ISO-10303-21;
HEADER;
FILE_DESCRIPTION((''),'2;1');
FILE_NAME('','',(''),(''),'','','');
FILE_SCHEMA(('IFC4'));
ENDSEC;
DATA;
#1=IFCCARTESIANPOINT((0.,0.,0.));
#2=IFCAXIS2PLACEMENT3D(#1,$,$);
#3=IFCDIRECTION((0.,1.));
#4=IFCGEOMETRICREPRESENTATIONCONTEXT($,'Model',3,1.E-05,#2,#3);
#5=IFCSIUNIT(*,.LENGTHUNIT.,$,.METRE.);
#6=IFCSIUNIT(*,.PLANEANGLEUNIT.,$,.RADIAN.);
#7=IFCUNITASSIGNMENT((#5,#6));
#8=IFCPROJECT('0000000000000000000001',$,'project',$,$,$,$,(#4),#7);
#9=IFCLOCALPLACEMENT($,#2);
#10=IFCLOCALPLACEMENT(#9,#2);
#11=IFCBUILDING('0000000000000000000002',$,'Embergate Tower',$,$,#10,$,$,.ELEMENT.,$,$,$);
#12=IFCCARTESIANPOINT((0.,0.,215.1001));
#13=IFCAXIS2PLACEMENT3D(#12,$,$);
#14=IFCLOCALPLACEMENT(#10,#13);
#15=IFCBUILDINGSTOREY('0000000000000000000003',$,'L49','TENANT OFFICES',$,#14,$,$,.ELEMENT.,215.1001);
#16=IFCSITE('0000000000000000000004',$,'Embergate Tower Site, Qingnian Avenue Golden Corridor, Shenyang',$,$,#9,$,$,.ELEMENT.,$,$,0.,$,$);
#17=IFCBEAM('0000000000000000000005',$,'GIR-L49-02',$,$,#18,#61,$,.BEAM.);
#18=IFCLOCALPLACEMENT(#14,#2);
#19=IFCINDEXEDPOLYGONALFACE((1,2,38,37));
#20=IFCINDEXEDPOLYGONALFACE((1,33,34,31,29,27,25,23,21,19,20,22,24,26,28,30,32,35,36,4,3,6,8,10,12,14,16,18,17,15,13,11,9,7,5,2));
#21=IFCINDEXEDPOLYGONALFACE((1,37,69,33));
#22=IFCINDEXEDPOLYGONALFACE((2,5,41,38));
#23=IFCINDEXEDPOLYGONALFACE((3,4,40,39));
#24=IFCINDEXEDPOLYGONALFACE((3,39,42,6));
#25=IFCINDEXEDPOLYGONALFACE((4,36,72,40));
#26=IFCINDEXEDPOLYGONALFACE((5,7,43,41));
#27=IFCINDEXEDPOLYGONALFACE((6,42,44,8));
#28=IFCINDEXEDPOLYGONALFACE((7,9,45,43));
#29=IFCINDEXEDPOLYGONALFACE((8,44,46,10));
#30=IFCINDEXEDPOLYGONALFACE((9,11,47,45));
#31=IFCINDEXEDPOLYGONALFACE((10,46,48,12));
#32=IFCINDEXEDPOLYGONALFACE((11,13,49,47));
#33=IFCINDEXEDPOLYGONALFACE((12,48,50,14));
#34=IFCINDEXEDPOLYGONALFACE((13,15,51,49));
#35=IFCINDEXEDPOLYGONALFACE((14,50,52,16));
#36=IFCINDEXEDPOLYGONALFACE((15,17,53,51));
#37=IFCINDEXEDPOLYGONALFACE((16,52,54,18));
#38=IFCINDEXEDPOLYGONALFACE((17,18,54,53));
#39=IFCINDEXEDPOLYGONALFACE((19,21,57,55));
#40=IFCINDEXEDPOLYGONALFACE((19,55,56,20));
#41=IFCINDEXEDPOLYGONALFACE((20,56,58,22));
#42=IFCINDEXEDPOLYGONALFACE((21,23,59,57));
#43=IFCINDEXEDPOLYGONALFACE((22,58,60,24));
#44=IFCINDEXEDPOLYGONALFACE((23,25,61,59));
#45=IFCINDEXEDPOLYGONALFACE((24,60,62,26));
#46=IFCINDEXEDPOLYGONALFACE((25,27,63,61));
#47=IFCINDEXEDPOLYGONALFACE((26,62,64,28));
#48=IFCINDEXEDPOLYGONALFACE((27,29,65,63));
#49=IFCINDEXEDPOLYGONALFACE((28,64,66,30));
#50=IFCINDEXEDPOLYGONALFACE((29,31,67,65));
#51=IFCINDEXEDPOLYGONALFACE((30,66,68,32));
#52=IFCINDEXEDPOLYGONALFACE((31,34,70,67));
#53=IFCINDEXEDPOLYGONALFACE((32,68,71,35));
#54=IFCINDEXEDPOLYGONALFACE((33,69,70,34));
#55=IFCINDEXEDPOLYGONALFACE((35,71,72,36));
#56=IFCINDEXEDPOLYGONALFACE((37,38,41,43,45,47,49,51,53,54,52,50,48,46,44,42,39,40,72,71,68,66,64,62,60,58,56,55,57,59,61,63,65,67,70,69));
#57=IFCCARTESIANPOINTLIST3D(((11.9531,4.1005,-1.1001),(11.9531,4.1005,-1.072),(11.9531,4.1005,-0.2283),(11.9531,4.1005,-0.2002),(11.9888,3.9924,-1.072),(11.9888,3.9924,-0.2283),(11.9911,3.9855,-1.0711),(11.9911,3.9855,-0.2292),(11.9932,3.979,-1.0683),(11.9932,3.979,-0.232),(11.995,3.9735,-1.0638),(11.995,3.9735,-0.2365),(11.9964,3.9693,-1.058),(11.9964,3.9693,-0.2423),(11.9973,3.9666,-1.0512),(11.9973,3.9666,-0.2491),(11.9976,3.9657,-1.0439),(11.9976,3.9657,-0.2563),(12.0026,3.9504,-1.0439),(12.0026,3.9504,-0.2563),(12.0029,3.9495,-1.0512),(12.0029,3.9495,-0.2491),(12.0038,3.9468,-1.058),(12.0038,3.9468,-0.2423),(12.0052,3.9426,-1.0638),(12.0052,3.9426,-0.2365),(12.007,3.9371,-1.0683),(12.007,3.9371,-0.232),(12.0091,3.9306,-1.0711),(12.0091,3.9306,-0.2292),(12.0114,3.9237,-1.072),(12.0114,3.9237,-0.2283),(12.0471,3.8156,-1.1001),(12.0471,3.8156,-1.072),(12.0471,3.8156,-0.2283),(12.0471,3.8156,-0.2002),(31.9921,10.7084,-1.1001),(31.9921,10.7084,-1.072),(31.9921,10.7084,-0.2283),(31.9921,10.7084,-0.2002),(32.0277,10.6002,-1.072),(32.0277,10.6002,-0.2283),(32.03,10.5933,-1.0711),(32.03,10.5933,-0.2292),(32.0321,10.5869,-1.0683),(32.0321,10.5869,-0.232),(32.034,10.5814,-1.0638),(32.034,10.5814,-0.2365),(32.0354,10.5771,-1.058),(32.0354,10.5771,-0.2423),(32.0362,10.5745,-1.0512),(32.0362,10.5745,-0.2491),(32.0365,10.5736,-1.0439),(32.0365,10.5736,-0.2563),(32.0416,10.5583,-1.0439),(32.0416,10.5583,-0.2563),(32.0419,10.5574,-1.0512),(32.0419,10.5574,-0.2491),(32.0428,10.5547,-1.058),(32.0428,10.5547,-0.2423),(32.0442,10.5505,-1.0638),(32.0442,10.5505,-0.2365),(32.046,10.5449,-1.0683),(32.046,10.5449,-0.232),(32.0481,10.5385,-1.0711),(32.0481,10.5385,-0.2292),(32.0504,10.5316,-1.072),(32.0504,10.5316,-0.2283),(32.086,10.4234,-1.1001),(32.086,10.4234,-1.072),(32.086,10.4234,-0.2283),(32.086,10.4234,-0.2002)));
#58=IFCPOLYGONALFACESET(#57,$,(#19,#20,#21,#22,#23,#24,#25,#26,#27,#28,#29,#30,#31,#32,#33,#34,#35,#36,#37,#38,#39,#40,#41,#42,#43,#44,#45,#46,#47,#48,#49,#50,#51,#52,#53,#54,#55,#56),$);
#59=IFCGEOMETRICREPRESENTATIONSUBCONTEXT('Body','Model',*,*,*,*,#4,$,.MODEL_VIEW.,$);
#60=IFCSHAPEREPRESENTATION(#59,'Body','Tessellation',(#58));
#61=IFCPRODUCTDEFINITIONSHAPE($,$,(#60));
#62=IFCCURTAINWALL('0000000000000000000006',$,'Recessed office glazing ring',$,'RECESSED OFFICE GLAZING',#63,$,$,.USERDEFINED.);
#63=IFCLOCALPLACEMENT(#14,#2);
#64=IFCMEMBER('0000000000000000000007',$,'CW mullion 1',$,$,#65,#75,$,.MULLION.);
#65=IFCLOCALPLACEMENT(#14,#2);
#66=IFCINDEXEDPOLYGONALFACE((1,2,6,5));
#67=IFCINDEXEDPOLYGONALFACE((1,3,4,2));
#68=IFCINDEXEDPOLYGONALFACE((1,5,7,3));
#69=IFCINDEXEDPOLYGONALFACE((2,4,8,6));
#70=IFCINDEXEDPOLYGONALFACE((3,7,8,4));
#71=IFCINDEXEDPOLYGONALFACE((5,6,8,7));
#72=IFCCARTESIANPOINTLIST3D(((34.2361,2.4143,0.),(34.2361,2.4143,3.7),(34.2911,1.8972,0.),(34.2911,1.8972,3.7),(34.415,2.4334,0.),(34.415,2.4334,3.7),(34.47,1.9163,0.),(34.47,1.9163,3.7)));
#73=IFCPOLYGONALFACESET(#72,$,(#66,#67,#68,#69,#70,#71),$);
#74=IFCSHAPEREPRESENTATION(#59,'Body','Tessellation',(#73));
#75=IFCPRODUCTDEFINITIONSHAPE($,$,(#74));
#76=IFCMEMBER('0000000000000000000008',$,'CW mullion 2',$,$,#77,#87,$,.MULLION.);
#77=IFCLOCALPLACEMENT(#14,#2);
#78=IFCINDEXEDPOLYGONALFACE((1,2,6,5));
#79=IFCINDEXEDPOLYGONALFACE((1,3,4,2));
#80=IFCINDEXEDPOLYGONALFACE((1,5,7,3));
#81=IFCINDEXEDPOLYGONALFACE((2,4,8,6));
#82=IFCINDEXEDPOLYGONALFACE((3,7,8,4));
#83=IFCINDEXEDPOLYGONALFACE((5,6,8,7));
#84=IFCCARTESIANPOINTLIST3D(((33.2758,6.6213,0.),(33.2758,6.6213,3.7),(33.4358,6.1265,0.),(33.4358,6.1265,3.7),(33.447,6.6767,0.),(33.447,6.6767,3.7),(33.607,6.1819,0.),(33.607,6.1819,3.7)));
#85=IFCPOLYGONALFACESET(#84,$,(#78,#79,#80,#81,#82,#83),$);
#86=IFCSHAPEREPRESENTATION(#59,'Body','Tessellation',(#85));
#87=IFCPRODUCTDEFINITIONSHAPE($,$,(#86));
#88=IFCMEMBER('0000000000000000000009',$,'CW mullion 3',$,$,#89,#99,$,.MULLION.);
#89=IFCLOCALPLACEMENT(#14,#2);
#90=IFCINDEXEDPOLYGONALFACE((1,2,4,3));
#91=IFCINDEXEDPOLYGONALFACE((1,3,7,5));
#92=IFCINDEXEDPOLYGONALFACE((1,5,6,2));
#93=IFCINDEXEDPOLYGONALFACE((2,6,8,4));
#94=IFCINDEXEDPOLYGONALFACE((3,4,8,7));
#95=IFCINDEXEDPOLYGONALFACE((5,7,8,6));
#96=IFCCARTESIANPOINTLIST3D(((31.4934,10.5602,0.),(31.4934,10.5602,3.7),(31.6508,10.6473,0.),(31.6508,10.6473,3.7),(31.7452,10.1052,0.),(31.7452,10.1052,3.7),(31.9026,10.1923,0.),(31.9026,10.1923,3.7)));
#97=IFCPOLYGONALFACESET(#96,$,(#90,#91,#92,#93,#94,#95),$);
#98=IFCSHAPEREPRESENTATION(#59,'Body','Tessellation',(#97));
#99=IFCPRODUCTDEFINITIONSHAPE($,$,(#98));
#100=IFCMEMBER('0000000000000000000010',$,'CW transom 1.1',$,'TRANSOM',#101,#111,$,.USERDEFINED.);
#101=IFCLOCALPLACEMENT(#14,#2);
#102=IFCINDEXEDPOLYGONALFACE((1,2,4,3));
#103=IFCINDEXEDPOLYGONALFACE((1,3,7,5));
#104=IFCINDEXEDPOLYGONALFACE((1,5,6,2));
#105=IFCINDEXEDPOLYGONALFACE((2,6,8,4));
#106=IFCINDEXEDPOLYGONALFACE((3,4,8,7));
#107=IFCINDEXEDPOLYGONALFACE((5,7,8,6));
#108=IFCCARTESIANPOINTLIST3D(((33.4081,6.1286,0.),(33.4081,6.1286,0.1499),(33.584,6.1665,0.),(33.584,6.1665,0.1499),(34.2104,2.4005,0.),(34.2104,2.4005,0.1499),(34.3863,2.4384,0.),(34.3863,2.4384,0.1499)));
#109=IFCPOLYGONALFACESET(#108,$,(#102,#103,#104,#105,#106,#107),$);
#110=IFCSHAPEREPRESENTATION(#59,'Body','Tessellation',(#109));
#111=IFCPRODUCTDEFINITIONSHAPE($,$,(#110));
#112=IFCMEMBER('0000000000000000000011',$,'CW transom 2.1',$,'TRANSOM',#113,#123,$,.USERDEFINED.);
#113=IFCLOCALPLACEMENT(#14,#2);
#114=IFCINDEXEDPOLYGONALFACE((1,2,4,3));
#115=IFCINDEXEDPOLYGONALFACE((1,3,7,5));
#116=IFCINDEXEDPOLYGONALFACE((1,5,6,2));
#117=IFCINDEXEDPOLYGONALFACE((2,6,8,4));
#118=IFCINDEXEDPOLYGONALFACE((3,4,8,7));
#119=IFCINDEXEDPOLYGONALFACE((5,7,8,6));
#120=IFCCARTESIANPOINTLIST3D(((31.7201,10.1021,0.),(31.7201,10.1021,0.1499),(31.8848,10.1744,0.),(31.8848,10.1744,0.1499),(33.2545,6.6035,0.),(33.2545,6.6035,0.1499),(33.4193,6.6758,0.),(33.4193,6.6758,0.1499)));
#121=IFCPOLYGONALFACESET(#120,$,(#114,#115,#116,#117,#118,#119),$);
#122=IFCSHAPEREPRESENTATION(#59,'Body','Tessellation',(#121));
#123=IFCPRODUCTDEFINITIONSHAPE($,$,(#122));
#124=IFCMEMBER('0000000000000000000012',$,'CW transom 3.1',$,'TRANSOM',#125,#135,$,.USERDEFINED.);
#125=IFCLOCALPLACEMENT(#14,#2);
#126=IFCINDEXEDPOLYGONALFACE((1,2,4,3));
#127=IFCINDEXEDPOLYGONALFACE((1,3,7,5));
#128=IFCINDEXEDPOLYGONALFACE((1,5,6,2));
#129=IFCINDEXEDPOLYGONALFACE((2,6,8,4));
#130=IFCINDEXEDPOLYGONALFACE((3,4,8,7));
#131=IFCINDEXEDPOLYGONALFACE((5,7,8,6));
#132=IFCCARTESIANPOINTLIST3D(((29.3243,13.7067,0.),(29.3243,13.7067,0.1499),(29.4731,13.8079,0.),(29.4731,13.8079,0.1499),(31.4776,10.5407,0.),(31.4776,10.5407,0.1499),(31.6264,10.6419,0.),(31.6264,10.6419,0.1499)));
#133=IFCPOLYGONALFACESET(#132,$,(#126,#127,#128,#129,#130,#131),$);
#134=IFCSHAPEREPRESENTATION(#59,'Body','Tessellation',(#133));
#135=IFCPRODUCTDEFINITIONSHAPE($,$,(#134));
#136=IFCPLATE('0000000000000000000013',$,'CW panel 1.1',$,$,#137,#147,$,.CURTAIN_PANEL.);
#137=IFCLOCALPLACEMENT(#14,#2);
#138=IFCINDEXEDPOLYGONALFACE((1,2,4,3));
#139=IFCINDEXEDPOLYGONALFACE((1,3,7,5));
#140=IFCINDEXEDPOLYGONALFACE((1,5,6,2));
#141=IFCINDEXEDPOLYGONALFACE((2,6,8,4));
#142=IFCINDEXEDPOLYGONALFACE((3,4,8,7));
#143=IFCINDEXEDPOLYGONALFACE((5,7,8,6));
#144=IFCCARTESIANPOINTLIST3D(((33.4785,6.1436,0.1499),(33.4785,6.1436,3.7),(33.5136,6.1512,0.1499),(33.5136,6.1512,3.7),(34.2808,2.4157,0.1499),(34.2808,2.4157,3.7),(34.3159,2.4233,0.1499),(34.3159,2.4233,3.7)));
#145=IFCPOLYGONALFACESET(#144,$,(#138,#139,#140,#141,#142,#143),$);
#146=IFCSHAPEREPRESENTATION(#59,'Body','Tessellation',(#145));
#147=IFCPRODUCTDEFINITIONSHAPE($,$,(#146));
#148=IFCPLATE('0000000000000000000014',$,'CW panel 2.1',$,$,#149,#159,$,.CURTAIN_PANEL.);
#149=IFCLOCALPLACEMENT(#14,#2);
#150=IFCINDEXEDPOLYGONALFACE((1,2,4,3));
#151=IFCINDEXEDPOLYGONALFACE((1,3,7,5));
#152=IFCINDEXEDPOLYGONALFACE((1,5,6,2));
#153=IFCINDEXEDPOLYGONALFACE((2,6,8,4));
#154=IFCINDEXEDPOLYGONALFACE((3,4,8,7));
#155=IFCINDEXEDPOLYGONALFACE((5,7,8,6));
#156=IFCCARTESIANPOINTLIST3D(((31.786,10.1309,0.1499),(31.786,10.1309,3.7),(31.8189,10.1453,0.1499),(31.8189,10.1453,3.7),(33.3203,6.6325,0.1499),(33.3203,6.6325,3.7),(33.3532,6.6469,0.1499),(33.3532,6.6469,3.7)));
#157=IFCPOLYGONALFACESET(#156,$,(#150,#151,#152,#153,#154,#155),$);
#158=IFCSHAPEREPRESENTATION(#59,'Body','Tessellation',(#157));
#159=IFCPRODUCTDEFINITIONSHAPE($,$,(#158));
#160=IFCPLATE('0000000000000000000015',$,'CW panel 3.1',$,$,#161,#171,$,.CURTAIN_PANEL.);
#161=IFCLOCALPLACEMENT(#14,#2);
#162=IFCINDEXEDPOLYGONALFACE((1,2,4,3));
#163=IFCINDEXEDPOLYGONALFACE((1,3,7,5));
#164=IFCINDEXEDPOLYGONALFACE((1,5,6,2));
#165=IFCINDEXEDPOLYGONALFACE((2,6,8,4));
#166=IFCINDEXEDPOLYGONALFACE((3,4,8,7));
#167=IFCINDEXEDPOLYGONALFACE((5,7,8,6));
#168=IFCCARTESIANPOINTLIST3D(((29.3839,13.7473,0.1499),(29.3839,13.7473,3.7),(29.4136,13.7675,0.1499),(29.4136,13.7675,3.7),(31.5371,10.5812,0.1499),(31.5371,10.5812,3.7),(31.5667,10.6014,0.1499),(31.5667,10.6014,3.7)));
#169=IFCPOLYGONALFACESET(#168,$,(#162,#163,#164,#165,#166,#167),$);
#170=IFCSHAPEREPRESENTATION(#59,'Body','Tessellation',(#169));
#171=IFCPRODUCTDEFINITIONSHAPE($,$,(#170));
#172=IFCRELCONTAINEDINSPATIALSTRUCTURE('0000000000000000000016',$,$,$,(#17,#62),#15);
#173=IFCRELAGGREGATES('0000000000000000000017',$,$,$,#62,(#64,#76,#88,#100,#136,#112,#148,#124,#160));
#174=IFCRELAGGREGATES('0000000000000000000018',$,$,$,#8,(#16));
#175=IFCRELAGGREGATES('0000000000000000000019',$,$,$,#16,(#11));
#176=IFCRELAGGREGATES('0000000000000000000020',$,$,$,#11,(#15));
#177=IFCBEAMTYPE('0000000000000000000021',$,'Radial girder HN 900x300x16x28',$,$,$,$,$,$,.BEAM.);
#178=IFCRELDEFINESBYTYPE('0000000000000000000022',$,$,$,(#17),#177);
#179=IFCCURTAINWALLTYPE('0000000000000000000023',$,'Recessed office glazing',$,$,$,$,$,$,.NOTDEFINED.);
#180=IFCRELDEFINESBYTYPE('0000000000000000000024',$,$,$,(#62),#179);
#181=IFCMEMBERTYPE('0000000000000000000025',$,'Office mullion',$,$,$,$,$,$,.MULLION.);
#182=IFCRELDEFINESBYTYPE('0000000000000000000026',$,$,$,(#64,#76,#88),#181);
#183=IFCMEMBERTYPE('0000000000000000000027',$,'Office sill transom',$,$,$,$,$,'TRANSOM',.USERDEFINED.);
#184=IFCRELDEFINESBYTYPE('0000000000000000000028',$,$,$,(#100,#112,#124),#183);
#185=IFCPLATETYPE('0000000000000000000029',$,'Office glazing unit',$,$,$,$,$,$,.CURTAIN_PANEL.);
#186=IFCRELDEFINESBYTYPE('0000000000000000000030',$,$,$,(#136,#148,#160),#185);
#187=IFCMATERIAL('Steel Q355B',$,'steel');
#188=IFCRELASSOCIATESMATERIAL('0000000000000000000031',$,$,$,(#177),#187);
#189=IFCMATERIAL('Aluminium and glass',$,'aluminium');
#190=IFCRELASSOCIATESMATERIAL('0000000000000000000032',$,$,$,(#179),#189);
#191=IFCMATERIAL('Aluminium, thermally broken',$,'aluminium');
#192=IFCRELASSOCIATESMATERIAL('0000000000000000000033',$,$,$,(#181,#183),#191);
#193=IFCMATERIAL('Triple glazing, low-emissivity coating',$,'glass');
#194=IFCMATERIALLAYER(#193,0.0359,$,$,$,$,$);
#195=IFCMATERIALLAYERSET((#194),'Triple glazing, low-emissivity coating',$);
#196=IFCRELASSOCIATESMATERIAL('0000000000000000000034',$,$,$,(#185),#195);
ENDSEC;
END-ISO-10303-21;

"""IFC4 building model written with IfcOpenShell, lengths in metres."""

from ifc_helpers import new_model, si_unit, direction, frame, origin, origin_2d, place, context, subcontext, project, spatial, rectangle, i_section, extrude, source, transform, mapped, material, layer, layer_set, material_profile, profile_set, type_object, element, aggregate, save


model = new_model("IFC4")

# Units and contexts
model_context = context("Model", 3, precision=1e-05, world=origin(), true_north=direction((0.0, 1.0)))
body_context = subcontext(model_context, "Body", "Model", "MODEL_VIEW")
ifc_project = project(units=[si_unit("LENGTHUNIT", "METRE"), si_unit("PLANEANGLEUNIT", "RADIAN")], contexts=[model_context])

# Site, building, storey
site_placement = place(None, origin())
site = spatial("IfcSite", under=ifc_project, at=site_placement, Name="Embergate Tower Site, Qingnian Avenue Golden Corridor, Shenyang", CompositionType="ELEMENT", RefElevation=0.0)
building_placement = place(site_placement, origin())
building = spatial("IfcBuilding", under=site, at=building_placement, Name="Embergate Tower", CompositionType="ELEMENT")
storey_placement = place(building_placement, frame((0.0, 0.0, 215.1001)))
storey = spatial("IfcBuildingStorey", under=building, at=storey_placement, Name="L49", Description="TENANT OFFICES", CompositionType="ELEMENT", Elevation=215.1001)

# Beam
ifc_material_1 = material(Name="Steel Q355B", Category="steel")
ifc_material_profile_1 = material_profile(ifc_material_1, i_section(OverallWidth=0.3, OverallDepth=0.8999, WebThickness=0.0161, FlangeThickness=0.0281, FilletRadius=0.0281, at=origin_2d()), Name="HN 900x300x16x28")
ifc_profile_set_1 = profile_set([ifc_material_profile_1], Name="Steel Q355 grade B")
beam_type_1 = type_object("IfcBeamType", Name="Radial girder HN 900x300x16x28", PredefinedType="BEAM", material=ifc_profile_set_1)
shared_shape_1 = source(origin(), body_context, "Body", "SweptSolid", [
    extrude(i_section(OverallWidth=0.3, OverallDepth=0.8999, WebThickness=0.0161, FlangeThickness=0.0281, FilletRadius=0.0281, at=origin_2d()), origin(), (0.0, 0.0, 1.0), 21.1003),
])
beam_1_placement = place(storey_placement, frame((32.0391, 10.5659, -0.6501), z_axis=(-0.949699, -0.313165, 0.0), x_axis=(0.313165, -0.949699, 0.0)))
element("IfcBeam", 1, at=beam_1_placement, inside=storey, type_object=beam_type_1, Name="GIR-L49-02", PredefinedType="BEAM", context=body_context, shape_type="MappedRepresentation", body=[
    mapped(shared_shape_1, transform((0.0, 0.0, 0.0))),
])

# Curtain wall, members, plates
ifc_material_2 = material(Name="Aluminium and glass", Category="aluminium")
curtain_wall_type = type_object("IfcCurtainWallType", Name="Recessed office glazing", PredefinedType="NOTDEFINED", material=ifc_material_2)
curtain_wall_placement = place(storey_placement, origin())
curtain_wall = element("IfcCurtainWall", 2, at=curtain_wall_placement, inside=storey, type_object=curtain_wall_type, Name="Recessed office glazing ring", ObjectType="RECESSED OFFICE GLAZING", PredefinedType="USERDEFINED")
ifc_material_3 = material(Name="Aluminium, thermally broken", Category="aluminium")
ifc_material_profile_2 = material_profile(ifc_material_3, rectangle(XDim=0.1799, YDim=0.52, at=origin_2d()), Name="AL 520x180")
ifc_profile_set_2 = profile_set([ifc_material_profile_2], Name="Aluminium, thermally broken")
member_type_1 = type_object("IfcMemberType", Name="Office mullion", PredefinedType="MULLION", material=ifc_profile_set_2)
shared_shape_2 = source(origin(), body_context, "Body", "SweptSolid", [
    extrude(rectangle(XDim=0.1799, YDim=0.52, at=origin_2d()), origin(), (0.0, 0.0, 1.0), 3.7),
])
member_1_placement = place(storey_placement, frame((34.353, 2.1653, 0.0), z_axis=(0.0, 0.0, 1.0), x_axis=(-0.994385, -0.105823, 0.0)))
member_1 = element("IfcMember", 3, at=member_1_placement, type_object=member_type_1, Name="CW mullion 1", PredefinedType="MULLION", context=body_context, shape_type="MappedRepresentation", body=[
    mapped(shared_shape_2, transform((0.0, 0.0, 0.0))),
])
member_2_placement = place(storey_placement, frame((33.4414, 6.4016, 0.0), z_axis=(0.0, 0.0, 1.0), x_axis=(-0.951498, -0.307656, 0.0)))
member_2 = element("IfcMember", 4, at=member_2_placement, type_object=member_type_1, Name="CW mullion 2", PredefinedType="MULLION", context=body_context, shape_type="MappedRepresentation", body=[
    mapped(shared_shape_2, transform((0.0, 0.0, 0.0))),
])
member_3_placement = place(storey_placement, frame((31.698, 10.3762, 0.0), z_axis=(0.0, 0.0, 1.0), x_axis=(-0.875003, -0.484118, 0.0)))
member_3 = element("IfcMember", 5, at=member_3_placement, type_object=member_type_1, Name="CW mullion 3", PredefinedType="MULLION", context=body_context, shape_type="MappedRepresentation", body=[
    mapped(shared_shape_2, transform((0.0, 0.0, 0.0))),
])
ifc_material_profile_3 = material_profile(ifc_material_3, rectangle(XDim=0.1799, YDim=0.1499, at=origin_2d()), Name="AL 150x180")
ifc_profile_set_3 = profile_set([ifc_material_profile_3], Name="Aluminium, thermally broken")
member_type_2 = type_object("IfcMemberType", Name="Office sill transom", ElementType="TRANSOM", PredefinedType="USERDEFINED", material=ifc_profile_set_3)
shared_shape_3 = source(origin(), body_context, "Body", "SweptSolid", [
    extrude(rectangle(XDim=0.1799, YDim=0.1499, at=origin_2d()), origin(), (0.0, 0.0, 1.0), 3.8135),
])
member_4_placement = place(storey_placement, frame((34.2983, 2.4194, 0.075), z_axis=(-0.210377, 0.97762, 0.0), x_axis=(-0.97762, -0.210377, 0.0)))
member_4 = element("IfcMember", 6, at=member_4_placement, type_object=member_type_2, Name="CW transom 1.1", ObjectType="TRANSOM", PredefinedType="USERDEFINED", context=body_context, shape_type="MappedRepresentation", body=[
    mapped(shared_shape_3, transform((0.0, 0.0, 0.0))),
])
shared_shape_4 = source(origin(), body_context, "Body", "SweptSolid", [
    extrude(rectangle(XDim=0.1799, YDim=0.1499, at=origin_2d()), origin(), (0.0, 0.0, 1.0), 3.8203),
])
member_5_placement = place(storey_placement, frame((33.3369, 6.6396, 0.075), z_axis=(-0.401657, 0.91579, 0.0), x_axis=(-0.91579, -0.401657, 0.0)))
member_5 = element("IfcMember", 7, at=member_5_placement, type_object=member_type_2, Name="CW transom 2.1", ObjectType="TRANSOM", PredefinedType="USERDEFINED", context=body_context, shape_type="MappedRepresentation", body=[
    mapped(shared_shape_4, transform((0.0, 0.0, 0.0))),
])
shared_shape_5 = source(origin(), body_context, "Body", "SweptSolid", [
    extrude(rectangle(XDim=0.1799, YDim=0.1499, at=origin_2d()), origin(), (0.0, 0.0, 1.0), 3.8289),
])
member_6_placement = place(storey_placement, frame((31.552, 10.5913, 0.075), z_axis=(-0.562387, 0.826874, 0.0), x_axis=(-0.826874, -0.562387, 0.0)))
member_6 = element("IfcMember", 8, at=member_6_placement, type_object=member_type_2, Name="CW transom 3.1", ObjectType="TRANSOM", PredefinedType="USERDEFINED", context=body_context, shape_type="MappedRepresentation", body=[
    mapped(shared_shape_5, transform((0.0, 0.0, 0.0))),
])
ifc_material_4 = material(Name="Triple glazing, low-emissivity coating", Category="glass")
ifc_layer_1 = layer(ifc_material_4, 0.0359)
ifc_layer_set_1 = layer_set([ifc_layer_1], Name="Triple glazing, low-emissivity coating")
plate_type = type_object("IfcPlateType", Name="Office glazing unit", PredefinedType="CURTAIN_PANEL", material=ifc_layer_set_1)
shared_shape_6 = source(origin(), body_context, "Body", "SweptSolid", [
    extrude(rectangle(XDim=3.8132, YDim=0.0359, at=origin_2d()), origin(), (0.0, 0.0, 1.0), 3.55),
])
plate_1_placement = place(storey_placement, frame((33.8972, 4.2834, 0.1499), z_axis=(0.0, 0.0, 1.0), x_axis=(-0.210395, 0.977616, 0.0)))
plate_1 = element("IfcPlate", 9, at=plate_1_placement, type_object=plate_type, Name="CW panel 1.1", PredefinedType="CURTAIN_PANEL", context=body_context, shape_type="MappedRepresentation", body=[
    mapped(shared_shape_6, transform((0.0, 0.0, 0.0))),
])
shared_shape_7 = source(origin(), body_context, "Body", "SweptSolid", [
    extrude(rectangle(XDim=3.8201, YDim=0.0359, at=origin_2d()), origin(), (0.0, 0.0, 1.0), 3.55),
])
plate_2_placement = place(storey_placement, frame((32.5696, 8.3889, 0.1499), z_axis=(0.0, 0.0, 1.0), x_axis=(-0.401649, 0.915794, 0.0)))
plate_2 = element("IfcPlate", 10, at=plate_2_placement, type_object=plate_type, Name="CW panel 2.1", PredefinedType="CURTAIN_PANEL", context=body_context, shape_type="MappedRepresentation", body=[
    mapped(shared_shape_7, transform((0.0, 0.0, 0.0))),
])
shared_shape_8 = source(origin(), body_context, "Body", "SweptSolid", [
    extrude(rectangle(XDim=3.8289, YDim=0.0359, at=origin_2d()), origin(), (0.0, 0.0, 1.0), 3.55),
])
plate_3_placement = place(storey_placement, frame((30.4753, 12.1743, 0.1499), z_axis=(0.0, 0.0, 1.0), x_axis=(-0.562337, 0.826908, 0.0)))
plate_3 = element("IfcPlate", 11, at=plate_3_placement, type_object=plate_type, Name="CW panel 3.1", PredefinedType="CURTAIN_PANEL", context=body_context, shape_type="MappedRepresentation", body=[
    mapped(shared_shape_8, transform((0.0, 0.0, 0.0))),
])
aggregate(curtain_wall, [member_1, member_2, member_3, member_4, plate_1, member_5, plate_2, member_6, plate_3])

save(model, "model.ifc")
